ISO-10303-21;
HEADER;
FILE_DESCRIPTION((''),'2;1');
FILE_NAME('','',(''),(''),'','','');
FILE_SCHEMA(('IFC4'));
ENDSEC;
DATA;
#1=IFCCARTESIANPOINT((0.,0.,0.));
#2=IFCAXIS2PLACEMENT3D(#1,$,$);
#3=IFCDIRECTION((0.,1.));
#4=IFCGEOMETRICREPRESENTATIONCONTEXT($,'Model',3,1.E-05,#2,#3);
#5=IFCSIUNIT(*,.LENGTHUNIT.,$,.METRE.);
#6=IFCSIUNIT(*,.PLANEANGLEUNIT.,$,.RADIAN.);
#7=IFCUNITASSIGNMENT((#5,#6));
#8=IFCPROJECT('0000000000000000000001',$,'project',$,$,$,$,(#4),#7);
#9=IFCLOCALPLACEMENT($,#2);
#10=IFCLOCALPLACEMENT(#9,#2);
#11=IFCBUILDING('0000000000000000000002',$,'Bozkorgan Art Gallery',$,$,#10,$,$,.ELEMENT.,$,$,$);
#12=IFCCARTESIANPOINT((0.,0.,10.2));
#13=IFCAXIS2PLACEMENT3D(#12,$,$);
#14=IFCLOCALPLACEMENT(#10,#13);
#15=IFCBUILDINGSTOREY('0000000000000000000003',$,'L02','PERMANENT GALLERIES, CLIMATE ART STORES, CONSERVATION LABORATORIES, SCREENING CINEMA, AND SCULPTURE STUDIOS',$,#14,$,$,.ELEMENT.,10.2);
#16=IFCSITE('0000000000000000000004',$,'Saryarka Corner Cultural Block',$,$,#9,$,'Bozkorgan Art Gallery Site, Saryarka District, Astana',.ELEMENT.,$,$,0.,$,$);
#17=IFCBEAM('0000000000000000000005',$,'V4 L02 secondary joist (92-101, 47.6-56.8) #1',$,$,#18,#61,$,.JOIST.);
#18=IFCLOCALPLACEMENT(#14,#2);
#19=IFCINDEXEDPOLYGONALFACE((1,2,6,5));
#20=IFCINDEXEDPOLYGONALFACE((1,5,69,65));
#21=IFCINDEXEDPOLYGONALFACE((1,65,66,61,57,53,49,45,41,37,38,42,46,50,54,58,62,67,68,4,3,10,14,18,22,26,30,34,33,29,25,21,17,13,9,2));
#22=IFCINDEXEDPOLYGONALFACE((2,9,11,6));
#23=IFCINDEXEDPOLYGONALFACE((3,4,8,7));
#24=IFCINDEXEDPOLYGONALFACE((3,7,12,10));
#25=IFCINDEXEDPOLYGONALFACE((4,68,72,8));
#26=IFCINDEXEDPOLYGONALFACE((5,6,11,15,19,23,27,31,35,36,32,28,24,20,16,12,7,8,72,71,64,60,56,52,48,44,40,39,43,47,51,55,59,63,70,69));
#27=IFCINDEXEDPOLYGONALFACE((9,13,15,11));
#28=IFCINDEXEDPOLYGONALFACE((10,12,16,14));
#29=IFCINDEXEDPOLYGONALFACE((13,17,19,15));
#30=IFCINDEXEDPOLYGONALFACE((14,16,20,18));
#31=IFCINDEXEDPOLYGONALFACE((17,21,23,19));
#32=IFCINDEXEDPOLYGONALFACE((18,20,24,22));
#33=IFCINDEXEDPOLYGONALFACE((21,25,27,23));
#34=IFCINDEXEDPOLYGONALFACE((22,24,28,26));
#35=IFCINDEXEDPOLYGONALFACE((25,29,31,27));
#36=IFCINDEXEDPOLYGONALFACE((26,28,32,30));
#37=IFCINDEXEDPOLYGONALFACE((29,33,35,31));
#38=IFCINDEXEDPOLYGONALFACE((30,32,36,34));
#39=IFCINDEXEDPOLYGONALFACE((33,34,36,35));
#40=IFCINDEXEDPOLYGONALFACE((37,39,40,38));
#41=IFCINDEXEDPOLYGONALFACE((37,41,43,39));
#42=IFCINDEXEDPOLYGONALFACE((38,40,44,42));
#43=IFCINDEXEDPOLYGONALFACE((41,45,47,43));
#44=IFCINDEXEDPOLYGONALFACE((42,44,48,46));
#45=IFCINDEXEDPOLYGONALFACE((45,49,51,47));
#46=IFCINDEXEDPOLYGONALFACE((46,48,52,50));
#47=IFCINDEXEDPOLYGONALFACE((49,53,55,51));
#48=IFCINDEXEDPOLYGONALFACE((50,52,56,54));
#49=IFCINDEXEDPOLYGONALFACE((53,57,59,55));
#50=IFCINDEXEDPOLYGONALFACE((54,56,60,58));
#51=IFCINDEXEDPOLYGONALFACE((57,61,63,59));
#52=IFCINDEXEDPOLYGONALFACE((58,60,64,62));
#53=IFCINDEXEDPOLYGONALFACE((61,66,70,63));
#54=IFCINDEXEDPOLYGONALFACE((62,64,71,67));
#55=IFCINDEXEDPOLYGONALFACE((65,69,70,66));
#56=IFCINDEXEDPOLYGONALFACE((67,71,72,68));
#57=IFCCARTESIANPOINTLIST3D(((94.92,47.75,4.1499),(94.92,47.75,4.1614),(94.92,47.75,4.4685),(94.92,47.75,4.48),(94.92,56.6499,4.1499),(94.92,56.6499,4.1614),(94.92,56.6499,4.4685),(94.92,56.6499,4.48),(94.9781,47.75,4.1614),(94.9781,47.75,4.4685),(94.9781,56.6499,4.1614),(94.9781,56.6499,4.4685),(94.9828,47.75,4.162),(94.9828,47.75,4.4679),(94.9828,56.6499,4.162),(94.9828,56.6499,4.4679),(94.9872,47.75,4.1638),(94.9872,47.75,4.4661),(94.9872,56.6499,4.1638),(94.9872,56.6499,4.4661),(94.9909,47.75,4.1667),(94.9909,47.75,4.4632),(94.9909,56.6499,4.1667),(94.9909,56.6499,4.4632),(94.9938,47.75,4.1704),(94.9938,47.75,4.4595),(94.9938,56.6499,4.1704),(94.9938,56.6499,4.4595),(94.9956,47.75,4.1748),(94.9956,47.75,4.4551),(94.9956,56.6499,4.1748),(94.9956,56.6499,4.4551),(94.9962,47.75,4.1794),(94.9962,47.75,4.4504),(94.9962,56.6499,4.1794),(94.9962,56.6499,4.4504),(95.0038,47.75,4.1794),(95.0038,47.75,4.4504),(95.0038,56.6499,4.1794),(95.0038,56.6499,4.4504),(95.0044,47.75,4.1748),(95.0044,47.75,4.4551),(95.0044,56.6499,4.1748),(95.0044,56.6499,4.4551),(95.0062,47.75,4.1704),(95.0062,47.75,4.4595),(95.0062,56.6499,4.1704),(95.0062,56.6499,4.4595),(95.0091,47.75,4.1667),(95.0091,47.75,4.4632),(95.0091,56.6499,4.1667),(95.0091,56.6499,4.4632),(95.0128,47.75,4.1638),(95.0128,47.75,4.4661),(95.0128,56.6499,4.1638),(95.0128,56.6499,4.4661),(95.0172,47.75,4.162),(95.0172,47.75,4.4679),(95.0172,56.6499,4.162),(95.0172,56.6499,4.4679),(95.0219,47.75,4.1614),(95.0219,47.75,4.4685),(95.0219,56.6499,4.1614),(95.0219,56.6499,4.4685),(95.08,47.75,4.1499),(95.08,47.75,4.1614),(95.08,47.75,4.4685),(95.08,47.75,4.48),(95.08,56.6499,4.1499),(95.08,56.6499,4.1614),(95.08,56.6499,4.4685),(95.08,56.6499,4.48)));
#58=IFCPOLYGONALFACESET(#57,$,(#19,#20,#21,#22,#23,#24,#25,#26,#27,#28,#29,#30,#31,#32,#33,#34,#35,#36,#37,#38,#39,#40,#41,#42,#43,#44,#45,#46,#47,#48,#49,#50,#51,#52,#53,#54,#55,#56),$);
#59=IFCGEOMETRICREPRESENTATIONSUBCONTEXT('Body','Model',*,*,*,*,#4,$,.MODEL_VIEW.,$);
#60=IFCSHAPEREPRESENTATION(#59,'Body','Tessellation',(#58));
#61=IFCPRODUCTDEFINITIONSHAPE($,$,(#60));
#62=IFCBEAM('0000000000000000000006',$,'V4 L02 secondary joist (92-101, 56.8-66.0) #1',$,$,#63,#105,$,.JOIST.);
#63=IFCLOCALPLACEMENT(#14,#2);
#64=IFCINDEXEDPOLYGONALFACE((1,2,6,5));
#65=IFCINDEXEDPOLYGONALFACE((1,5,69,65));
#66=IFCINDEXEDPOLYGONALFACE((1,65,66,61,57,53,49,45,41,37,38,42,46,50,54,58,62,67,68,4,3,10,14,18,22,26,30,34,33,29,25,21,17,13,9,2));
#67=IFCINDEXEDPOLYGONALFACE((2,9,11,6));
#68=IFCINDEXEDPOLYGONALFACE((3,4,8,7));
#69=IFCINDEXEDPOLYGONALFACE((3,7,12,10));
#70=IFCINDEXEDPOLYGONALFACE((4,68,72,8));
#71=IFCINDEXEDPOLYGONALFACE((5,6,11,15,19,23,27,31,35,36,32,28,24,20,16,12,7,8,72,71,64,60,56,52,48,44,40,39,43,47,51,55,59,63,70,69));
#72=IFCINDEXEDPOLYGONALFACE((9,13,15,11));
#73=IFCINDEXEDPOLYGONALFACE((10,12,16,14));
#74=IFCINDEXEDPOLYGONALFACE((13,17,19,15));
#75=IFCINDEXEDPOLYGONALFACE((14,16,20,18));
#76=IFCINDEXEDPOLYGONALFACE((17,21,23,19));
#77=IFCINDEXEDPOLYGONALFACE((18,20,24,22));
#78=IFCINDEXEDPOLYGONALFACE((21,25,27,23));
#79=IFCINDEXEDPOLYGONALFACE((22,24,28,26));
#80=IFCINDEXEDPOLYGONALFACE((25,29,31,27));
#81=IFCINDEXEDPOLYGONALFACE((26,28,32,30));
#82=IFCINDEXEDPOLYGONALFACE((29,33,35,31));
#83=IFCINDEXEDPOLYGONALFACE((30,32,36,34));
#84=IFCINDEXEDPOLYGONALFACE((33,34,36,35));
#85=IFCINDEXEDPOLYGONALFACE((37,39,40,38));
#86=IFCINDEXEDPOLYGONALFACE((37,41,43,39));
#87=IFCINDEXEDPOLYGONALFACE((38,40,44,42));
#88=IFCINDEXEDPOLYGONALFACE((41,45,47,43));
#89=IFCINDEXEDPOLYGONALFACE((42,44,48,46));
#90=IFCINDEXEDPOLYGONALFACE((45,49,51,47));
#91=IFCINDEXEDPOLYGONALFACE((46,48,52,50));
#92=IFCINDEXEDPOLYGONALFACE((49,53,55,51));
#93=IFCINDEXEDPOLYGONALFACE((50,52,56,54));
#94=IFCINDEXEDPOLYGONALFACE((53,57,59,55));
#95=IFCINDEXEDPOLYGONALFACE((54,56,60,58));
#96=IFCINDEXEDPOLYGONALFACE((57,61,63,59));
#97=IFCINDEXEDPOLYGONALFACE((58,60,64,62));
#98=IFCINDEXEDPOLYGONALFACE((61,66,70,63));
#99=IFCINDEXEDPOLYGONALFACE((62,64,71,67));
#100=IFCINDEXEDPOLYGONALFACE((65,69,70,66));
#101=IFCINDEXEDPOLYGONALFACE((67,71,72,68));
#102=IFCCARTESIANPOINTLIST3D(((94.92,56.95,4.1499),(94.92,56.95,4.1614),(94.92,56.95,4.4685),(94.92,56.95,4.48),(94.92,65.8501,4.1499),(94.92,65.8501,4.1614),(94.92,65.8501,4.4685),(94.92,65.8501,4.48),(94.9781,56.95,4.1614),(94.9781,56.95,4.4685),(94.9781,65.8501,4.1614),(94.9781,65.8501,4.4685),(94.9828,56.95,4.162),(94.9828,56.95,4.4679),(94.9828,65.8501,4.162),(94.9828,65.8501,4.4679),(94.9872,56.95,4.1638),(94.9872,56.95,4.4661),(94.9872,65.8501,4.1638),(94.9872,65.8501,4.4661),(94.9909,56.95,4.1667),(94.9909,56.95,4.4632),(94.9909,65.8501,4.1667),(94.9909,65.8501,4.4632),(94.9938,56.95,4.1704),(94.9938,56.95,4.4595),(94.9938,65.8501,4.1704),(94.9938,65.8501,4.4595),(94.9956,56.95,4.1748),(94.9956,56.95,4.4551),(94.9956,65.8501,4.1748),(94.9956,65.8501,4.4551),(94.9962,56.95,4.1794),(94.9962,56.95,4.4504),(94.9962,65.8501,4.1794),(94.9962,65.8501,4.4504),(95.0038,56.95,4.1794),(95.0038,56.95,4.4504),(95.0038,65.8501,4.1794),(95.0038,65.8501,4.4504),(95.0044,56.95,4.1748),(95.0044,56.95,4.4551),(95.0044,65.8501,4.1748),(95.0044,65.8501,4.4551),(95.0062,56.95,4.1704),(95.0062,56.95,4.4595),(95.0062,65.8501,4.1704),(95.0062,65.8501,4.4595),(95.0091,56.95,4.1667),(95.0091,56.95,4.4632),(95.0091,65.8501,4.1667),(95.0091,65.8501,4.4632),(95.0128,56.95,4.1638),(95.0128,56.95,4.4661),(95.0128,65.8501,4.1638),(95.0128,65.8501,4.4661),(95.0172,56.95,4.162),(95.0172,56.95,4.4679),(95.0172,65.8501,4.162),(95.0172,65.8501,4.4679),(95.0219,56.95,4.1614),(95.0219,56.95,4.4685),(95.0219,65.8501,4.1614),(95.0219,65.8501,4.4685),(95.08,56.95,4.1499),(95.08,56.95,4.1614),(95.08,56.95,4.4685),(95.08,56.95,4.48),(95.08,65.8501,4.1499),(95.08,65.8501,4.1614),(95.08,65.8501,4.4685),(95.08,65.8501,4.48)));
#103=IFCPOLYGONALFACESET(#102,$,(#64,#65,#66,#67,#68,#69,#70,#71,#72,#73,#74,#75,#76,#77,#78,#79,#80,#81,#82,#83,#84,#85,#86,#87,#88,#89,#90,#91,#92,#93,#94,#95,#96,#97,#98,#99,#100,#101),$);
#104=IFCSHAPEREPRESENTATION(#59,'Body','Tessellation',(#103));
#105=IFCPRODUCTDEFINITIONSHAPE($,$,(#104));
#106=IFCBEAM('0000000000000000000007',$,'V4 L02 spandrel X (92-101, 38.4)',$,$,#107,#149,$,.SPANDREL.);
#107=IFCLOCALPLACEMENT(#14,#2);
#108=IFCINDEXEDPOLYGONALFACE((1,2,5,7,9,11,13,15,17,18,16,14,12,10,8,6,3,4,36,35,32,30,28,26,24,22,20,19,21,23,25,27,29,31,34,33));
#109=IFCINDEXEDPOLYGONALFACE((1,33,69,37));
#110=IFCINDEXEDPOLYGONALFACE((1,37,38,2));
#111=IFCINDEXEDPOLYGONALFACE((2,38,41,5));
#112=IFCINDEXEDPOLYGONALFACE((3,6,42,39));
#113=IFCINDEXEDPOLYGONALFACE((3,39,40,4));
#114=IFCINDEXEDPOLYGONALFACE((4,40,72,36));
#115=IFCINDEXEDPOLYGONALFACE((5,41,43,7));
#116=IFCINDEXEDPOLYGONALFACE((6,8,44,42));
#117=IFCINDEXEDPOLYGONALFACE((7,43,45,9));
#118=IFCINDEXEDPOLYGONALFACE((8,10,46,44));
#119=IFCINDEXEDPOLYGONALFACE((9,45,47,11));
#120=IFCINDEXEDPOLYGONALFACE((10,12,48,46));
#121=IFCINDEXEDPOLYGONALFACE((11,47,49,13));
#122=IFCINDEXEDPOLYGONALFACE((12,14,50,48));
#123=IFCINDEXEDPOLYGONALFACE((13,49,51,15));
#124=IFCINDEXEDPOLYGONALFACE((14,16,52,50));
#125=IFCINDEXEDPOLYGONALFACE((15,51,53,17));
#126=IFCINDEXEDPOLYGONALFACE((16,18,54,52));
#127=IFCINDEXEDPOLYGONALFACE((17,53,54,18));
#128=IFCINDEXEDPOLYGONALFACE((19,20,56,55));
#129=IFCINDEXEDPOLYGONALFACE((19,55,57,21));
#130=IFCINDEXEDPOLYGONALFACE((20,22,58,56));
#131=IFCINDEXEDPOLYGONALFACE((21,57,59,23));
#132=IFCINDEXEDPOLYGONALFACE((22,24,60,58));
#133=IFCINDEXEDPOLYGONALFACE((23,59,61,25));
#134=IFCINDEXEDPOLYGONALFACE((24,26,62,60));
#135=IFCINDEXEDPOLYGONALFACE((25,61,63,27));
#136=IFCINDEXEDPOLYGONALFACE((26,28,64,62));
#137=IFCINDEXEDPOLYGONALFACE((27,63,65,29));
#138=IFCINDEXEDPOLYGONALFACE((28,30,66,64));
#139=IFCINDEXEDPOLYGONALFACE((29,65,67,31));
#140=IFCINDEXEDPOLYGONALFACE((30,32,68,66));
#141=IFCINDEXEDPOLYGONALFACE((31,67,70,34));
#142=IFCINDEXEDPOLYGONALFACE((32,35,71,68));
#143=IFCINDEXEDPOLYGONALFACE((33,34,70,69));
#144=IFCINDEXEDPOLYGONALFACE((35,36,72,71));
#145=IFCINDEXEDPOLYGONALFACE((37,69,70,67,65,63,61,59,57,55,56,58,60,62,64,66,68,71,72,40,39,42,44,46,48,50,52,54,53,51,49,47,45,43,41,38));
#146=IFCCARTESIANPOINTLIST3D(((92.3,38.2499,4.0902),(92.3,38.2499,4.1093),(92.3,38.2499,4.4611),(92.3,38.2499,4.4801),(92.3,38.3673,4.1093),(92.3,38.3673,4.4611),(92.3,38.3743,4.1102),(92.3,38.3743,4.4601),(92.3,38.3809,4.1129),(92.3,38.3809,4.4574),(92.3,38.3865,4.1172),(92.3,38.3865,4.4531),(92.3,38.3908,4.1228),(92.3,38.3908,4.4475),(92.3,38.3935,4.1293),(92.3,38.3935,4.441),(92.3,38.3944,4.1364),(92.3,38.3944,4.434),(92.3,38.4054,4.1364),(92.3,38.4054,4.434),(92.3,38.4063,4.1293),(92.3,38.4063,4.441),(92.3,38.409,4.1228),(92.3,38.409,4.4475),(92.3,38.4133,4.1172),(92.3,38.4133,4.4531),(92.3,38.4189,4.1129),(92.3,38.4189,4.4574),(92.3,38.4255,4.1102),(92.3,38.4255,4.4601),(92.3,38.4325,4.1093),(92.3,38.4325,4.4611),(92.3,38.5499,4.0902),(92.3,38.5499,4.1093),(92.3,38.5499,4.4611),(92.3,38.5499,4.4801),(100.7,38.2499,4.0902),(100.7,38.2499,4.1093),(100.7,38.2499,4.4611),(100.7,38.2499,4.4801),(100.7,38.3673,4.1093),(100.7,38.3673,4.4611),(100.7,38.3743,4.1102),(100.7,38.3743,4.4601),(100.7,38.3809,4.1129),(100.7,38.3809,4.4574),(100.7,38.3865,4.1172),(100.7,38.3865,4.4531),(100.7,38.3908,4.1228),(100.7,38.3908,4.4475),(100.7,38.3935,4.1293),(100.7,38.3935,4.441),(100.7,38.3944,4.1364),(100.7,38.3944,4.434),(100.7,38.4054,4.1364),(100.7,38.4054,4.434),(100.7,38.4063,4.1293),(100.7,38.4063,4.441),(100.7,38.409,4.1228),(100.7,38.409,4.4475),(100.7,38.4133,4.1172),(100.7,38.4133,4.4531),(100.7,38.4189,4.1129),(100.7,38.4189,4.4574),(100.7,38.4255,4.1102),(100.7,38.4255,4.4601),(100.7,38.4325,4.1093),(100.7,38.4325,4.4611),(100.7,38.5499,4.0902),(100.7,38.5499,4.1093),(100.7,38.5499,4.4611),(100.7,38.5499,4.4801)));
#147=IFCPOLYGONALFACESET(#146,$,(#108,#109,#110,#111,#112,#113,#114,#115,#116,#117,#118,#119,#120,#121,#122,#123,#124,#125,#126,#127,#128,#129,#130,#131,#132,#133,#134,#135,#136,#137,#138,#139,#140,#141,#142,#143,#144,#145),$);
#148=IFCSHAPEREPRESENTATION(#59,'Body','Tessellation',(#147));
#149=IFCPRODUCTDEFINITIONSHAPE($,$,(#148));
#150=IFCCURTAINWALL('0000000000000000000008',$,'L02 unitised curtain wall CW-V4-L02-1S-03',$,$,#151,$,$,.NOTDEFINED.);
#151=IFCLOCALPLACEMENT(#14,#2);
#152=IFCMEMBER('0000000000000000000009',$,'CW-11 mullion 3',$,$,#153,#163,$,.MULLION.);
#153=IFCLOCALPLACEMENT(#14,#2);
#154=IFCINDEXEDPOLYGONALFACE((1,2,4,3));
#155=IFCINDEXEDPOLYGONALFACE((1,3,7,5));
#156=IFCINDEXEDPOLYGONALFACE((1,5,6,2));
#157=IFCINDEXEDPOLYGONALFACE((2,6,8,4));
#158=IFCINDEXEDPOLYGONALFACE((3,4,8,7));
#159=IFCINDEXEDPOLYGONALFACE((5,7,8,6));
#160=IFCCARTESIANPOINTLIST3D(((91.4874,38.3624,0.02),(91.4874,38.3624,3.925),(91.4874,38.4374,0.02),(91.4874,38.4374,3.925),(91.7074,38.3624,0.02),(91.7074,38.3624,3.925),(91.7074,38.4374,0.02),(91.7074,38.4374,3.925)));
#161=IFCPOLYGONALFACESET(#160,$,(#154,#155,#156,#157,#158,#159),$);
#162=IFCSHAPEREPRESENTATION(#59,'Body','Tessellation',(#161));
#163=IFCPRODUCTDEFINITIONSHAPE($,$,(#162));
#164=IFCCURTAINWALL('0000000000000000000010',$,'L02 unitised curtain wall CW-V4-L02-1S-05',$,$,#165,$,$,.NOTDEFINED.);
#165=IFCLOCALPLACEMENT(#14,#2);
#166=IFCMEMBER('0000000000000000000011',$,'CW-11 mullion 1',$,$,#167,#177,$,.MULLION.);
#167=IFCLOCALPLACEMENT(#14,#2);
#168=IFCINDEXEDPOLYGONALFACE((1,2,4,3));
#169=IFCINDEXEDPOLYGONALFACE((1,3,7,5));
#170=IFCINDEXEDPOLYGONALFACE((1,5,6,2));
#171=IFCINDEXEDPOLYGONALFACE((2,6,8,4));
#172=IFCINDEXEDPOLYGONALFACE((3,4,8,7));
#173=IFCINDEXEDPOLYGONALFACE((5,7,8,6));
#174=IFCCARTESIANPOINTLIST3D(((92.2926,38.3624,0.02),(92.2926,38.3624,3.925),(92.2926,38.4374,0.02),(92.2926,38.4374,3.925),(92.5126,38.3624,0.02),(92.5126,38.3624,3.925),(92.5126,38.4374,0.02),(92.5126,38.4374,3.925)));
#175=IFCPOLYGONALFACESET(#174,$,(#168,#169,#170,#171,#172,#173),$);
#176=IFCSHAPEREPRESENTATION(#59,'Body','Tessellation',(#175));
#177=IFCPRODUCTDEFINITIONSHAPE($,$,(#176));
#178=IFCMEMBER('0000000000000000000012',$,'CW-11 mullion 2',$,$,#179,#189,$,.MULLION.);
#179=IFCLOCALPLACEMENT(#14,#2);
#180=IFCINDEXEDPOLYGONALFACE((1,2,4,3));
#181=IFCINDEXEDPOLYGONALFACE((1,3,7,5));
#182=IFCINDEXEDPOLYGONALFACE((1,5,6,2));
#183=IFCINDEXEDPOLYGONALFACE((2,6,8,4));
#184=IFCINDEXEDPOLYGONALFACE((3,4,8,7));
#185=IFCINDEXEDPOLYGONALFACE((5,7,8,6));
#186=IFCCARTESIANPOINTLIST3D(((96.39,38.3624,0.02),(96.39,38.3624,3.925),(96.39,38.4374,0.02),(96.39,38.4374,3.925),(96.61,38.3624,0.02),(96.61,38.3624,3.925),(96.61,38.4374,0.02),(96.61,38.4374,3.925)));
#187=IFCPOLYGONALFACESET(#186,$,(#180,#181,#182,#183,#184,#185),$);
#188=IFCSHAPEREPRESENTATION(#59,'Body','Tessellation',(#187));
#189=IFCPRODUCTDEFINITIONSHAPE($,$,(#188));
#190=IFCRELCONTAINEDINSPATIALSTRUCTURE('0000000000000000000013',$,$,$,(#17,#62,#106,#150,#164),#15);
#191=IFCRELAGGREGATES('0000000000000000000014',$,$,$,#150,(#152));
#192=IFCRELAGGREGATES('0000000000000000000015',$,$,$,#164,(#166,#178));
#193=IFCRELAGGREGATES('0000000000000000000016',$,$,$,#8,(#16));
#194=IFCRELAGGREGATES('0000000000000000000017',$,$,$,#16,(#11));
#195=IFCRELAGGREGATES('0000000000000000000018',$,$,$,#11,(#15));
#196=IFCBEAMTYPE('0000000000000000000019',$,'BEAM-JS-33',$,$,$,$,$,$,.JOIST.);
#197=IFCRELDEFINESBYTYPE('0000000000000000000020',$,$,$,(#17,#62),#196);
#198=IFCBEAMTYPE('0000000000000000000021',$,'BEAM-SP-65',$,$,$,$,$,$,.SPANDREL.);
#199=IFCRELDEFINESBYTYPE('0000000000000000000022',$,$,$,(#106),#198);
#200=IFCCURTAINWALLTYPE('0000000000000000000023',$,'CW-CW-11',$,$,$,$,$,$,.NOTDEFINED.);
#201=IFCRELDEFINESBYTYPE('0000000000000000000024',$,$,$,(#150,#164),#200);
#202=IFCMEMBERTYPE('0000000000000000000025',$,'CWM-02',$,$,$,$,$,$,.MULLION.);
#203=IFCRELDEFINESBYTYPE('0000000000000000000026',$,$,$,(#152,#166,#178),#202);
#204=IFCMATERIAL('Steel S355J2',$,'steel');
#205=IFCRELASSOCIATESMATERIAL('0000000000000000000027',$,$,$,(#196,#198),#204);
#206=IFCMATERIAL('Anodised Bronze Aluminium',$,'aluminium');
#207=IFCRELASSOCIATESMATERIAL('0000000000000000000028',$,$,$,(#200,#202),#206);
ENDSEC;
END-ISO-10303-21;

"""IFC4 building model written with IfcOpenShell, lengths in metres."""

from ifc_helpers import new_model, si_unit, direction, frame, origin, origin_2d, place, context, subcontext, project, spatial, rectangle, i_section, extrude, material, material_profile, profile_set, type_object, element, aggregate, save


model = new_model("IFC4")

# Units and contexts
model_context = context("Model", 3, precision=1e-05, world=origin(), true_north=direction((0.0, 1.0)))
body_context = subcontext(model_context, "Body", "Model", "MODEL_VIEW")
ifc_project = project(units=[si_unit("LENGTHUNIT", "METRE"), si_unit("PLANEANGLEUNIT", "RADIAN")], contexts=[model_context])

# Site, building, storey
site_placement = place(None, origin())
site = spatial("IfcSite", under=ifc_project, at=site_placement, Name="Saryarka Corner Cultural Block", LongName="Bozkorgan Art Gallery Site, Saryarka District, Astana", CompositionType="ELEMENT", RefElevation=0.0)
building_placement = place(site_placement, origin())
building = spatial("IfcBuilding", under=site, at=building_placement, Name="Bozkorgan Art Gallery", CompositionType="ELEMENT")
storey_placement = place(building_placement, frame((0.0, 0.0, 10.2)))
storey = spatial("IfcBuildingStorey", under=building, at=storey_placement, Name="L02", Description="PERMANENT GALLERIES, CLIMATE ART STORES, CONSERVATION LABORATORIES, SCREENING CINEMA, AND SCULPTURE STUDIOS", CompositionType="ELEMENT", Elevation=10.2)

# Beams
ifc_material_1 = material(Name="Steel S355J2", Category="steel")
ifc_material_profile_1 = material_profile(ifc_material_1, i_section(OverallWidth=0.1599, OverallDepth=0.3301, WebThickness=0.0076, FlangeThickness=0.0115, FilletRadius=0.0181, at=origin_2d()), Name="IPE 330")
ifc_profile_set_1 = profile_set([ifc_material_profile_1], Name="Steel S355J2")
beam_type_1 = type_object("IfcBeamType", Name="BEAM-JS-33", PredefinedType="JOIST", material=ifc_profile_set_1)
for number, where, z_axis, x_axis, name in (
    (1, (95.0, 47.75, 4.3149), (0.0, 1.0, 0.0), (-1.0, 0.0, 0.0), "V4 L02 secondary joist (92-101, 47.6-56.8) #1"),
):
    element("IfcBeam", number, at=place(storey_placement, frame(where, z_axis=z_axis, x_axis=x_axis)), inside=storey, type_object=beam_type_1, Name=name, PredefinedType="JOIST", context=body_context, shape_type="SweptSolid", body=[
        extrude(i_section(OverallWidth=0.1599, OverallDepth=0.3301, WebThickness=0.0076, FlangeThickness=0.0115, FilletRadius=0.0181, at=origin_2d()), origin(), (0.0, 0.0, 1.0), 8.8999),
    ])
beam_1_placement = place(storey_placement, frame((95.0, 56.95, 4.3149), z_axis=(0.0, 1.0, 0.0), x_axis=(-1.0, 0.0, 0.0)))
element("IfcBeam", 2, at=beam_1_placement, inside=storey, type_object=beam_type_1, Name="V4 L02 secondary joist (92-101, 56.8-66.0) #1", PredefinedType="JOIST", context=body_context, shape_type="SweptSolid", body=[
    extrude(i_section(OverallWidth=0.1599, OverallDepth=0.3301, WebThickness=0.0076, FlangeThickness=0.0115, FilletRadius=0.0181, at=origin_2d()), origin(), (0.0, 0.0, 1.0), 8.9001),
])
ifc_material_profile_2 = material_profile(ifc_material_1, i_section(OverallWidth=0.3, OverallDepth=0.3899, WebThickness=0.011, FlangeThickness=0.019, FilletRadius=0.0271, at=origin_2d()), Name="HEA 400")
ifc_profile_set_2 = profile_set([ifc_material_profile_2], Name="Steel S355J2")
beam_type_2 = type_object("IfcBeamType", Name="BEAM-SP-65", PredefinedType="SPANDREL", material=ifc_profile_set_2)
beam_2_placement = place(storey_placement, frame((92.3, 38.3999, 4.2852), z_axis=(1.0, 0.0, 0.0), x_axis=(0.0, 1.0, 0.0)))
element("IfcBeam", 3, at=beam_2_placement, inside=storey, type_object=beam_type_2, Name="V4 L02 spandrel X (92-101, 38.4)", PredefinedType="SPANDREL", context=body_context, shape_type="SweptSolid", body=[
    extrude(i_section(OverallWidth=0.3, OverallDepth=0.3899, WebThickness=0.011, FlangeThickness=0.019, FilletRadius=0.0271, at=origin_2d()), origin(), (0.0, 0.0, 1.0), 8.3999),
])

# Curtain wall, member
ifc_material_2 = material(Name="Anodised Bronze Aluminium", Category="aluminium")
curtain_wall_type = type_object("IfcCurtainWallType", Name="CW-CW-11", PredefinedType="NOTDEFINED", material=ifc_material_2)
curtain_wall_1_placement = place(storey_placement, origin())
curtain_wall_1 = element("IfcCurtainWall", 4, at=curtain_wall_1_placement, inside=storey, type_object=curtain_wall_type, Name="L02 unitised curtain wall CW-V4-L02-1S-03", PredefinedType="NOTDEFINED")
ifc_material_profile_3 = material_profile(ifc_material_2, rectangle(XDim=0.075, YDim=0.22, at=origin_2d()), Name="ALU MULLION 75x220")
ifc_profile_set_3 = profile_set([ifc_material_profile_3], Name="Anodised Bronze Aluminium")
member_type_1 = type_object("IfcMemberType", Name="CWM-02", PredefinedType="MULLION", material=ifc_profile_set_3)
member_1_placement = place(storey_placement, frame((91.5974, 38.3999, 0.02), z_axis=(0.0, 0.0, 1.0), x_axis=(0.0, 1.0, 0.0)))
member_1 = element("IfcMember", 5, at=member_1_placement, type_object=member_type_1, Name="CW-11 mullion 3", PredefinedType="MULLION", context=body_context, shape_type="SweptSolid", body=[
    extrude(rectangle(XDim=0.075, YDim=0.22, at=origin_2d()), origin(), (0.0, 0.0, 1.0), 3.905),
])
aggregate(curtain_wall_1, [member_1])

# Curtain wall, members
curtain_wall_2_placement = place(storey_placement, origin())
curtain_wall_2 = element("IfcCurtainWall", 6, at=curtain_wall_2_placement, inside=storey, type_object=curtain_wall_type, Name="L02 unitised curtain wall CW-V4-L02-1S-05", PredefinedType="NOTDEFINED")
member_2_placement = place(storey_placement, frame((92.4026, 38.3999, 0.02), z_axis=(0.0, 0.0, 1.0), x_axis=(0.0, 1.0, 0.0)))
member_2 = element("IfcMember", 7, at=member_2_placement, type_object=member_type_1, Name="CW-11 mullion 1", PredefinedType="MULLION", context=body_context, shape_type="SweptSolid", body=[
    extrude(rectangle(XDim=0.075, YDim=0.22, at=origin_2d()), origin(), (0.0, 0.0, 1.0), 3.905),
])
member_3_placement = place(storey_placement, frame((96.5, 38.3999, 0.02), z_axis=(0.0, 0.0, 1.0), x_axis=(0.0, 1.0, 0.0)))
member_3 = element("IfcMember", 8, at=member_3_placement, type_object=member_type_1, Name="CW-11 mullion 2", PredefinedType="MULLION", context=body_context, shape_type="SweptSolid", body=[
    extrude(rectangle(XDim=0.075, YDim=0.22, at=origin_2d()), origin(), (0.0, 0.0, 1.0), 3.905),
])
aggregate(curtain_wall_2, [member_2, member_3])

save(model, "model.ifc")
